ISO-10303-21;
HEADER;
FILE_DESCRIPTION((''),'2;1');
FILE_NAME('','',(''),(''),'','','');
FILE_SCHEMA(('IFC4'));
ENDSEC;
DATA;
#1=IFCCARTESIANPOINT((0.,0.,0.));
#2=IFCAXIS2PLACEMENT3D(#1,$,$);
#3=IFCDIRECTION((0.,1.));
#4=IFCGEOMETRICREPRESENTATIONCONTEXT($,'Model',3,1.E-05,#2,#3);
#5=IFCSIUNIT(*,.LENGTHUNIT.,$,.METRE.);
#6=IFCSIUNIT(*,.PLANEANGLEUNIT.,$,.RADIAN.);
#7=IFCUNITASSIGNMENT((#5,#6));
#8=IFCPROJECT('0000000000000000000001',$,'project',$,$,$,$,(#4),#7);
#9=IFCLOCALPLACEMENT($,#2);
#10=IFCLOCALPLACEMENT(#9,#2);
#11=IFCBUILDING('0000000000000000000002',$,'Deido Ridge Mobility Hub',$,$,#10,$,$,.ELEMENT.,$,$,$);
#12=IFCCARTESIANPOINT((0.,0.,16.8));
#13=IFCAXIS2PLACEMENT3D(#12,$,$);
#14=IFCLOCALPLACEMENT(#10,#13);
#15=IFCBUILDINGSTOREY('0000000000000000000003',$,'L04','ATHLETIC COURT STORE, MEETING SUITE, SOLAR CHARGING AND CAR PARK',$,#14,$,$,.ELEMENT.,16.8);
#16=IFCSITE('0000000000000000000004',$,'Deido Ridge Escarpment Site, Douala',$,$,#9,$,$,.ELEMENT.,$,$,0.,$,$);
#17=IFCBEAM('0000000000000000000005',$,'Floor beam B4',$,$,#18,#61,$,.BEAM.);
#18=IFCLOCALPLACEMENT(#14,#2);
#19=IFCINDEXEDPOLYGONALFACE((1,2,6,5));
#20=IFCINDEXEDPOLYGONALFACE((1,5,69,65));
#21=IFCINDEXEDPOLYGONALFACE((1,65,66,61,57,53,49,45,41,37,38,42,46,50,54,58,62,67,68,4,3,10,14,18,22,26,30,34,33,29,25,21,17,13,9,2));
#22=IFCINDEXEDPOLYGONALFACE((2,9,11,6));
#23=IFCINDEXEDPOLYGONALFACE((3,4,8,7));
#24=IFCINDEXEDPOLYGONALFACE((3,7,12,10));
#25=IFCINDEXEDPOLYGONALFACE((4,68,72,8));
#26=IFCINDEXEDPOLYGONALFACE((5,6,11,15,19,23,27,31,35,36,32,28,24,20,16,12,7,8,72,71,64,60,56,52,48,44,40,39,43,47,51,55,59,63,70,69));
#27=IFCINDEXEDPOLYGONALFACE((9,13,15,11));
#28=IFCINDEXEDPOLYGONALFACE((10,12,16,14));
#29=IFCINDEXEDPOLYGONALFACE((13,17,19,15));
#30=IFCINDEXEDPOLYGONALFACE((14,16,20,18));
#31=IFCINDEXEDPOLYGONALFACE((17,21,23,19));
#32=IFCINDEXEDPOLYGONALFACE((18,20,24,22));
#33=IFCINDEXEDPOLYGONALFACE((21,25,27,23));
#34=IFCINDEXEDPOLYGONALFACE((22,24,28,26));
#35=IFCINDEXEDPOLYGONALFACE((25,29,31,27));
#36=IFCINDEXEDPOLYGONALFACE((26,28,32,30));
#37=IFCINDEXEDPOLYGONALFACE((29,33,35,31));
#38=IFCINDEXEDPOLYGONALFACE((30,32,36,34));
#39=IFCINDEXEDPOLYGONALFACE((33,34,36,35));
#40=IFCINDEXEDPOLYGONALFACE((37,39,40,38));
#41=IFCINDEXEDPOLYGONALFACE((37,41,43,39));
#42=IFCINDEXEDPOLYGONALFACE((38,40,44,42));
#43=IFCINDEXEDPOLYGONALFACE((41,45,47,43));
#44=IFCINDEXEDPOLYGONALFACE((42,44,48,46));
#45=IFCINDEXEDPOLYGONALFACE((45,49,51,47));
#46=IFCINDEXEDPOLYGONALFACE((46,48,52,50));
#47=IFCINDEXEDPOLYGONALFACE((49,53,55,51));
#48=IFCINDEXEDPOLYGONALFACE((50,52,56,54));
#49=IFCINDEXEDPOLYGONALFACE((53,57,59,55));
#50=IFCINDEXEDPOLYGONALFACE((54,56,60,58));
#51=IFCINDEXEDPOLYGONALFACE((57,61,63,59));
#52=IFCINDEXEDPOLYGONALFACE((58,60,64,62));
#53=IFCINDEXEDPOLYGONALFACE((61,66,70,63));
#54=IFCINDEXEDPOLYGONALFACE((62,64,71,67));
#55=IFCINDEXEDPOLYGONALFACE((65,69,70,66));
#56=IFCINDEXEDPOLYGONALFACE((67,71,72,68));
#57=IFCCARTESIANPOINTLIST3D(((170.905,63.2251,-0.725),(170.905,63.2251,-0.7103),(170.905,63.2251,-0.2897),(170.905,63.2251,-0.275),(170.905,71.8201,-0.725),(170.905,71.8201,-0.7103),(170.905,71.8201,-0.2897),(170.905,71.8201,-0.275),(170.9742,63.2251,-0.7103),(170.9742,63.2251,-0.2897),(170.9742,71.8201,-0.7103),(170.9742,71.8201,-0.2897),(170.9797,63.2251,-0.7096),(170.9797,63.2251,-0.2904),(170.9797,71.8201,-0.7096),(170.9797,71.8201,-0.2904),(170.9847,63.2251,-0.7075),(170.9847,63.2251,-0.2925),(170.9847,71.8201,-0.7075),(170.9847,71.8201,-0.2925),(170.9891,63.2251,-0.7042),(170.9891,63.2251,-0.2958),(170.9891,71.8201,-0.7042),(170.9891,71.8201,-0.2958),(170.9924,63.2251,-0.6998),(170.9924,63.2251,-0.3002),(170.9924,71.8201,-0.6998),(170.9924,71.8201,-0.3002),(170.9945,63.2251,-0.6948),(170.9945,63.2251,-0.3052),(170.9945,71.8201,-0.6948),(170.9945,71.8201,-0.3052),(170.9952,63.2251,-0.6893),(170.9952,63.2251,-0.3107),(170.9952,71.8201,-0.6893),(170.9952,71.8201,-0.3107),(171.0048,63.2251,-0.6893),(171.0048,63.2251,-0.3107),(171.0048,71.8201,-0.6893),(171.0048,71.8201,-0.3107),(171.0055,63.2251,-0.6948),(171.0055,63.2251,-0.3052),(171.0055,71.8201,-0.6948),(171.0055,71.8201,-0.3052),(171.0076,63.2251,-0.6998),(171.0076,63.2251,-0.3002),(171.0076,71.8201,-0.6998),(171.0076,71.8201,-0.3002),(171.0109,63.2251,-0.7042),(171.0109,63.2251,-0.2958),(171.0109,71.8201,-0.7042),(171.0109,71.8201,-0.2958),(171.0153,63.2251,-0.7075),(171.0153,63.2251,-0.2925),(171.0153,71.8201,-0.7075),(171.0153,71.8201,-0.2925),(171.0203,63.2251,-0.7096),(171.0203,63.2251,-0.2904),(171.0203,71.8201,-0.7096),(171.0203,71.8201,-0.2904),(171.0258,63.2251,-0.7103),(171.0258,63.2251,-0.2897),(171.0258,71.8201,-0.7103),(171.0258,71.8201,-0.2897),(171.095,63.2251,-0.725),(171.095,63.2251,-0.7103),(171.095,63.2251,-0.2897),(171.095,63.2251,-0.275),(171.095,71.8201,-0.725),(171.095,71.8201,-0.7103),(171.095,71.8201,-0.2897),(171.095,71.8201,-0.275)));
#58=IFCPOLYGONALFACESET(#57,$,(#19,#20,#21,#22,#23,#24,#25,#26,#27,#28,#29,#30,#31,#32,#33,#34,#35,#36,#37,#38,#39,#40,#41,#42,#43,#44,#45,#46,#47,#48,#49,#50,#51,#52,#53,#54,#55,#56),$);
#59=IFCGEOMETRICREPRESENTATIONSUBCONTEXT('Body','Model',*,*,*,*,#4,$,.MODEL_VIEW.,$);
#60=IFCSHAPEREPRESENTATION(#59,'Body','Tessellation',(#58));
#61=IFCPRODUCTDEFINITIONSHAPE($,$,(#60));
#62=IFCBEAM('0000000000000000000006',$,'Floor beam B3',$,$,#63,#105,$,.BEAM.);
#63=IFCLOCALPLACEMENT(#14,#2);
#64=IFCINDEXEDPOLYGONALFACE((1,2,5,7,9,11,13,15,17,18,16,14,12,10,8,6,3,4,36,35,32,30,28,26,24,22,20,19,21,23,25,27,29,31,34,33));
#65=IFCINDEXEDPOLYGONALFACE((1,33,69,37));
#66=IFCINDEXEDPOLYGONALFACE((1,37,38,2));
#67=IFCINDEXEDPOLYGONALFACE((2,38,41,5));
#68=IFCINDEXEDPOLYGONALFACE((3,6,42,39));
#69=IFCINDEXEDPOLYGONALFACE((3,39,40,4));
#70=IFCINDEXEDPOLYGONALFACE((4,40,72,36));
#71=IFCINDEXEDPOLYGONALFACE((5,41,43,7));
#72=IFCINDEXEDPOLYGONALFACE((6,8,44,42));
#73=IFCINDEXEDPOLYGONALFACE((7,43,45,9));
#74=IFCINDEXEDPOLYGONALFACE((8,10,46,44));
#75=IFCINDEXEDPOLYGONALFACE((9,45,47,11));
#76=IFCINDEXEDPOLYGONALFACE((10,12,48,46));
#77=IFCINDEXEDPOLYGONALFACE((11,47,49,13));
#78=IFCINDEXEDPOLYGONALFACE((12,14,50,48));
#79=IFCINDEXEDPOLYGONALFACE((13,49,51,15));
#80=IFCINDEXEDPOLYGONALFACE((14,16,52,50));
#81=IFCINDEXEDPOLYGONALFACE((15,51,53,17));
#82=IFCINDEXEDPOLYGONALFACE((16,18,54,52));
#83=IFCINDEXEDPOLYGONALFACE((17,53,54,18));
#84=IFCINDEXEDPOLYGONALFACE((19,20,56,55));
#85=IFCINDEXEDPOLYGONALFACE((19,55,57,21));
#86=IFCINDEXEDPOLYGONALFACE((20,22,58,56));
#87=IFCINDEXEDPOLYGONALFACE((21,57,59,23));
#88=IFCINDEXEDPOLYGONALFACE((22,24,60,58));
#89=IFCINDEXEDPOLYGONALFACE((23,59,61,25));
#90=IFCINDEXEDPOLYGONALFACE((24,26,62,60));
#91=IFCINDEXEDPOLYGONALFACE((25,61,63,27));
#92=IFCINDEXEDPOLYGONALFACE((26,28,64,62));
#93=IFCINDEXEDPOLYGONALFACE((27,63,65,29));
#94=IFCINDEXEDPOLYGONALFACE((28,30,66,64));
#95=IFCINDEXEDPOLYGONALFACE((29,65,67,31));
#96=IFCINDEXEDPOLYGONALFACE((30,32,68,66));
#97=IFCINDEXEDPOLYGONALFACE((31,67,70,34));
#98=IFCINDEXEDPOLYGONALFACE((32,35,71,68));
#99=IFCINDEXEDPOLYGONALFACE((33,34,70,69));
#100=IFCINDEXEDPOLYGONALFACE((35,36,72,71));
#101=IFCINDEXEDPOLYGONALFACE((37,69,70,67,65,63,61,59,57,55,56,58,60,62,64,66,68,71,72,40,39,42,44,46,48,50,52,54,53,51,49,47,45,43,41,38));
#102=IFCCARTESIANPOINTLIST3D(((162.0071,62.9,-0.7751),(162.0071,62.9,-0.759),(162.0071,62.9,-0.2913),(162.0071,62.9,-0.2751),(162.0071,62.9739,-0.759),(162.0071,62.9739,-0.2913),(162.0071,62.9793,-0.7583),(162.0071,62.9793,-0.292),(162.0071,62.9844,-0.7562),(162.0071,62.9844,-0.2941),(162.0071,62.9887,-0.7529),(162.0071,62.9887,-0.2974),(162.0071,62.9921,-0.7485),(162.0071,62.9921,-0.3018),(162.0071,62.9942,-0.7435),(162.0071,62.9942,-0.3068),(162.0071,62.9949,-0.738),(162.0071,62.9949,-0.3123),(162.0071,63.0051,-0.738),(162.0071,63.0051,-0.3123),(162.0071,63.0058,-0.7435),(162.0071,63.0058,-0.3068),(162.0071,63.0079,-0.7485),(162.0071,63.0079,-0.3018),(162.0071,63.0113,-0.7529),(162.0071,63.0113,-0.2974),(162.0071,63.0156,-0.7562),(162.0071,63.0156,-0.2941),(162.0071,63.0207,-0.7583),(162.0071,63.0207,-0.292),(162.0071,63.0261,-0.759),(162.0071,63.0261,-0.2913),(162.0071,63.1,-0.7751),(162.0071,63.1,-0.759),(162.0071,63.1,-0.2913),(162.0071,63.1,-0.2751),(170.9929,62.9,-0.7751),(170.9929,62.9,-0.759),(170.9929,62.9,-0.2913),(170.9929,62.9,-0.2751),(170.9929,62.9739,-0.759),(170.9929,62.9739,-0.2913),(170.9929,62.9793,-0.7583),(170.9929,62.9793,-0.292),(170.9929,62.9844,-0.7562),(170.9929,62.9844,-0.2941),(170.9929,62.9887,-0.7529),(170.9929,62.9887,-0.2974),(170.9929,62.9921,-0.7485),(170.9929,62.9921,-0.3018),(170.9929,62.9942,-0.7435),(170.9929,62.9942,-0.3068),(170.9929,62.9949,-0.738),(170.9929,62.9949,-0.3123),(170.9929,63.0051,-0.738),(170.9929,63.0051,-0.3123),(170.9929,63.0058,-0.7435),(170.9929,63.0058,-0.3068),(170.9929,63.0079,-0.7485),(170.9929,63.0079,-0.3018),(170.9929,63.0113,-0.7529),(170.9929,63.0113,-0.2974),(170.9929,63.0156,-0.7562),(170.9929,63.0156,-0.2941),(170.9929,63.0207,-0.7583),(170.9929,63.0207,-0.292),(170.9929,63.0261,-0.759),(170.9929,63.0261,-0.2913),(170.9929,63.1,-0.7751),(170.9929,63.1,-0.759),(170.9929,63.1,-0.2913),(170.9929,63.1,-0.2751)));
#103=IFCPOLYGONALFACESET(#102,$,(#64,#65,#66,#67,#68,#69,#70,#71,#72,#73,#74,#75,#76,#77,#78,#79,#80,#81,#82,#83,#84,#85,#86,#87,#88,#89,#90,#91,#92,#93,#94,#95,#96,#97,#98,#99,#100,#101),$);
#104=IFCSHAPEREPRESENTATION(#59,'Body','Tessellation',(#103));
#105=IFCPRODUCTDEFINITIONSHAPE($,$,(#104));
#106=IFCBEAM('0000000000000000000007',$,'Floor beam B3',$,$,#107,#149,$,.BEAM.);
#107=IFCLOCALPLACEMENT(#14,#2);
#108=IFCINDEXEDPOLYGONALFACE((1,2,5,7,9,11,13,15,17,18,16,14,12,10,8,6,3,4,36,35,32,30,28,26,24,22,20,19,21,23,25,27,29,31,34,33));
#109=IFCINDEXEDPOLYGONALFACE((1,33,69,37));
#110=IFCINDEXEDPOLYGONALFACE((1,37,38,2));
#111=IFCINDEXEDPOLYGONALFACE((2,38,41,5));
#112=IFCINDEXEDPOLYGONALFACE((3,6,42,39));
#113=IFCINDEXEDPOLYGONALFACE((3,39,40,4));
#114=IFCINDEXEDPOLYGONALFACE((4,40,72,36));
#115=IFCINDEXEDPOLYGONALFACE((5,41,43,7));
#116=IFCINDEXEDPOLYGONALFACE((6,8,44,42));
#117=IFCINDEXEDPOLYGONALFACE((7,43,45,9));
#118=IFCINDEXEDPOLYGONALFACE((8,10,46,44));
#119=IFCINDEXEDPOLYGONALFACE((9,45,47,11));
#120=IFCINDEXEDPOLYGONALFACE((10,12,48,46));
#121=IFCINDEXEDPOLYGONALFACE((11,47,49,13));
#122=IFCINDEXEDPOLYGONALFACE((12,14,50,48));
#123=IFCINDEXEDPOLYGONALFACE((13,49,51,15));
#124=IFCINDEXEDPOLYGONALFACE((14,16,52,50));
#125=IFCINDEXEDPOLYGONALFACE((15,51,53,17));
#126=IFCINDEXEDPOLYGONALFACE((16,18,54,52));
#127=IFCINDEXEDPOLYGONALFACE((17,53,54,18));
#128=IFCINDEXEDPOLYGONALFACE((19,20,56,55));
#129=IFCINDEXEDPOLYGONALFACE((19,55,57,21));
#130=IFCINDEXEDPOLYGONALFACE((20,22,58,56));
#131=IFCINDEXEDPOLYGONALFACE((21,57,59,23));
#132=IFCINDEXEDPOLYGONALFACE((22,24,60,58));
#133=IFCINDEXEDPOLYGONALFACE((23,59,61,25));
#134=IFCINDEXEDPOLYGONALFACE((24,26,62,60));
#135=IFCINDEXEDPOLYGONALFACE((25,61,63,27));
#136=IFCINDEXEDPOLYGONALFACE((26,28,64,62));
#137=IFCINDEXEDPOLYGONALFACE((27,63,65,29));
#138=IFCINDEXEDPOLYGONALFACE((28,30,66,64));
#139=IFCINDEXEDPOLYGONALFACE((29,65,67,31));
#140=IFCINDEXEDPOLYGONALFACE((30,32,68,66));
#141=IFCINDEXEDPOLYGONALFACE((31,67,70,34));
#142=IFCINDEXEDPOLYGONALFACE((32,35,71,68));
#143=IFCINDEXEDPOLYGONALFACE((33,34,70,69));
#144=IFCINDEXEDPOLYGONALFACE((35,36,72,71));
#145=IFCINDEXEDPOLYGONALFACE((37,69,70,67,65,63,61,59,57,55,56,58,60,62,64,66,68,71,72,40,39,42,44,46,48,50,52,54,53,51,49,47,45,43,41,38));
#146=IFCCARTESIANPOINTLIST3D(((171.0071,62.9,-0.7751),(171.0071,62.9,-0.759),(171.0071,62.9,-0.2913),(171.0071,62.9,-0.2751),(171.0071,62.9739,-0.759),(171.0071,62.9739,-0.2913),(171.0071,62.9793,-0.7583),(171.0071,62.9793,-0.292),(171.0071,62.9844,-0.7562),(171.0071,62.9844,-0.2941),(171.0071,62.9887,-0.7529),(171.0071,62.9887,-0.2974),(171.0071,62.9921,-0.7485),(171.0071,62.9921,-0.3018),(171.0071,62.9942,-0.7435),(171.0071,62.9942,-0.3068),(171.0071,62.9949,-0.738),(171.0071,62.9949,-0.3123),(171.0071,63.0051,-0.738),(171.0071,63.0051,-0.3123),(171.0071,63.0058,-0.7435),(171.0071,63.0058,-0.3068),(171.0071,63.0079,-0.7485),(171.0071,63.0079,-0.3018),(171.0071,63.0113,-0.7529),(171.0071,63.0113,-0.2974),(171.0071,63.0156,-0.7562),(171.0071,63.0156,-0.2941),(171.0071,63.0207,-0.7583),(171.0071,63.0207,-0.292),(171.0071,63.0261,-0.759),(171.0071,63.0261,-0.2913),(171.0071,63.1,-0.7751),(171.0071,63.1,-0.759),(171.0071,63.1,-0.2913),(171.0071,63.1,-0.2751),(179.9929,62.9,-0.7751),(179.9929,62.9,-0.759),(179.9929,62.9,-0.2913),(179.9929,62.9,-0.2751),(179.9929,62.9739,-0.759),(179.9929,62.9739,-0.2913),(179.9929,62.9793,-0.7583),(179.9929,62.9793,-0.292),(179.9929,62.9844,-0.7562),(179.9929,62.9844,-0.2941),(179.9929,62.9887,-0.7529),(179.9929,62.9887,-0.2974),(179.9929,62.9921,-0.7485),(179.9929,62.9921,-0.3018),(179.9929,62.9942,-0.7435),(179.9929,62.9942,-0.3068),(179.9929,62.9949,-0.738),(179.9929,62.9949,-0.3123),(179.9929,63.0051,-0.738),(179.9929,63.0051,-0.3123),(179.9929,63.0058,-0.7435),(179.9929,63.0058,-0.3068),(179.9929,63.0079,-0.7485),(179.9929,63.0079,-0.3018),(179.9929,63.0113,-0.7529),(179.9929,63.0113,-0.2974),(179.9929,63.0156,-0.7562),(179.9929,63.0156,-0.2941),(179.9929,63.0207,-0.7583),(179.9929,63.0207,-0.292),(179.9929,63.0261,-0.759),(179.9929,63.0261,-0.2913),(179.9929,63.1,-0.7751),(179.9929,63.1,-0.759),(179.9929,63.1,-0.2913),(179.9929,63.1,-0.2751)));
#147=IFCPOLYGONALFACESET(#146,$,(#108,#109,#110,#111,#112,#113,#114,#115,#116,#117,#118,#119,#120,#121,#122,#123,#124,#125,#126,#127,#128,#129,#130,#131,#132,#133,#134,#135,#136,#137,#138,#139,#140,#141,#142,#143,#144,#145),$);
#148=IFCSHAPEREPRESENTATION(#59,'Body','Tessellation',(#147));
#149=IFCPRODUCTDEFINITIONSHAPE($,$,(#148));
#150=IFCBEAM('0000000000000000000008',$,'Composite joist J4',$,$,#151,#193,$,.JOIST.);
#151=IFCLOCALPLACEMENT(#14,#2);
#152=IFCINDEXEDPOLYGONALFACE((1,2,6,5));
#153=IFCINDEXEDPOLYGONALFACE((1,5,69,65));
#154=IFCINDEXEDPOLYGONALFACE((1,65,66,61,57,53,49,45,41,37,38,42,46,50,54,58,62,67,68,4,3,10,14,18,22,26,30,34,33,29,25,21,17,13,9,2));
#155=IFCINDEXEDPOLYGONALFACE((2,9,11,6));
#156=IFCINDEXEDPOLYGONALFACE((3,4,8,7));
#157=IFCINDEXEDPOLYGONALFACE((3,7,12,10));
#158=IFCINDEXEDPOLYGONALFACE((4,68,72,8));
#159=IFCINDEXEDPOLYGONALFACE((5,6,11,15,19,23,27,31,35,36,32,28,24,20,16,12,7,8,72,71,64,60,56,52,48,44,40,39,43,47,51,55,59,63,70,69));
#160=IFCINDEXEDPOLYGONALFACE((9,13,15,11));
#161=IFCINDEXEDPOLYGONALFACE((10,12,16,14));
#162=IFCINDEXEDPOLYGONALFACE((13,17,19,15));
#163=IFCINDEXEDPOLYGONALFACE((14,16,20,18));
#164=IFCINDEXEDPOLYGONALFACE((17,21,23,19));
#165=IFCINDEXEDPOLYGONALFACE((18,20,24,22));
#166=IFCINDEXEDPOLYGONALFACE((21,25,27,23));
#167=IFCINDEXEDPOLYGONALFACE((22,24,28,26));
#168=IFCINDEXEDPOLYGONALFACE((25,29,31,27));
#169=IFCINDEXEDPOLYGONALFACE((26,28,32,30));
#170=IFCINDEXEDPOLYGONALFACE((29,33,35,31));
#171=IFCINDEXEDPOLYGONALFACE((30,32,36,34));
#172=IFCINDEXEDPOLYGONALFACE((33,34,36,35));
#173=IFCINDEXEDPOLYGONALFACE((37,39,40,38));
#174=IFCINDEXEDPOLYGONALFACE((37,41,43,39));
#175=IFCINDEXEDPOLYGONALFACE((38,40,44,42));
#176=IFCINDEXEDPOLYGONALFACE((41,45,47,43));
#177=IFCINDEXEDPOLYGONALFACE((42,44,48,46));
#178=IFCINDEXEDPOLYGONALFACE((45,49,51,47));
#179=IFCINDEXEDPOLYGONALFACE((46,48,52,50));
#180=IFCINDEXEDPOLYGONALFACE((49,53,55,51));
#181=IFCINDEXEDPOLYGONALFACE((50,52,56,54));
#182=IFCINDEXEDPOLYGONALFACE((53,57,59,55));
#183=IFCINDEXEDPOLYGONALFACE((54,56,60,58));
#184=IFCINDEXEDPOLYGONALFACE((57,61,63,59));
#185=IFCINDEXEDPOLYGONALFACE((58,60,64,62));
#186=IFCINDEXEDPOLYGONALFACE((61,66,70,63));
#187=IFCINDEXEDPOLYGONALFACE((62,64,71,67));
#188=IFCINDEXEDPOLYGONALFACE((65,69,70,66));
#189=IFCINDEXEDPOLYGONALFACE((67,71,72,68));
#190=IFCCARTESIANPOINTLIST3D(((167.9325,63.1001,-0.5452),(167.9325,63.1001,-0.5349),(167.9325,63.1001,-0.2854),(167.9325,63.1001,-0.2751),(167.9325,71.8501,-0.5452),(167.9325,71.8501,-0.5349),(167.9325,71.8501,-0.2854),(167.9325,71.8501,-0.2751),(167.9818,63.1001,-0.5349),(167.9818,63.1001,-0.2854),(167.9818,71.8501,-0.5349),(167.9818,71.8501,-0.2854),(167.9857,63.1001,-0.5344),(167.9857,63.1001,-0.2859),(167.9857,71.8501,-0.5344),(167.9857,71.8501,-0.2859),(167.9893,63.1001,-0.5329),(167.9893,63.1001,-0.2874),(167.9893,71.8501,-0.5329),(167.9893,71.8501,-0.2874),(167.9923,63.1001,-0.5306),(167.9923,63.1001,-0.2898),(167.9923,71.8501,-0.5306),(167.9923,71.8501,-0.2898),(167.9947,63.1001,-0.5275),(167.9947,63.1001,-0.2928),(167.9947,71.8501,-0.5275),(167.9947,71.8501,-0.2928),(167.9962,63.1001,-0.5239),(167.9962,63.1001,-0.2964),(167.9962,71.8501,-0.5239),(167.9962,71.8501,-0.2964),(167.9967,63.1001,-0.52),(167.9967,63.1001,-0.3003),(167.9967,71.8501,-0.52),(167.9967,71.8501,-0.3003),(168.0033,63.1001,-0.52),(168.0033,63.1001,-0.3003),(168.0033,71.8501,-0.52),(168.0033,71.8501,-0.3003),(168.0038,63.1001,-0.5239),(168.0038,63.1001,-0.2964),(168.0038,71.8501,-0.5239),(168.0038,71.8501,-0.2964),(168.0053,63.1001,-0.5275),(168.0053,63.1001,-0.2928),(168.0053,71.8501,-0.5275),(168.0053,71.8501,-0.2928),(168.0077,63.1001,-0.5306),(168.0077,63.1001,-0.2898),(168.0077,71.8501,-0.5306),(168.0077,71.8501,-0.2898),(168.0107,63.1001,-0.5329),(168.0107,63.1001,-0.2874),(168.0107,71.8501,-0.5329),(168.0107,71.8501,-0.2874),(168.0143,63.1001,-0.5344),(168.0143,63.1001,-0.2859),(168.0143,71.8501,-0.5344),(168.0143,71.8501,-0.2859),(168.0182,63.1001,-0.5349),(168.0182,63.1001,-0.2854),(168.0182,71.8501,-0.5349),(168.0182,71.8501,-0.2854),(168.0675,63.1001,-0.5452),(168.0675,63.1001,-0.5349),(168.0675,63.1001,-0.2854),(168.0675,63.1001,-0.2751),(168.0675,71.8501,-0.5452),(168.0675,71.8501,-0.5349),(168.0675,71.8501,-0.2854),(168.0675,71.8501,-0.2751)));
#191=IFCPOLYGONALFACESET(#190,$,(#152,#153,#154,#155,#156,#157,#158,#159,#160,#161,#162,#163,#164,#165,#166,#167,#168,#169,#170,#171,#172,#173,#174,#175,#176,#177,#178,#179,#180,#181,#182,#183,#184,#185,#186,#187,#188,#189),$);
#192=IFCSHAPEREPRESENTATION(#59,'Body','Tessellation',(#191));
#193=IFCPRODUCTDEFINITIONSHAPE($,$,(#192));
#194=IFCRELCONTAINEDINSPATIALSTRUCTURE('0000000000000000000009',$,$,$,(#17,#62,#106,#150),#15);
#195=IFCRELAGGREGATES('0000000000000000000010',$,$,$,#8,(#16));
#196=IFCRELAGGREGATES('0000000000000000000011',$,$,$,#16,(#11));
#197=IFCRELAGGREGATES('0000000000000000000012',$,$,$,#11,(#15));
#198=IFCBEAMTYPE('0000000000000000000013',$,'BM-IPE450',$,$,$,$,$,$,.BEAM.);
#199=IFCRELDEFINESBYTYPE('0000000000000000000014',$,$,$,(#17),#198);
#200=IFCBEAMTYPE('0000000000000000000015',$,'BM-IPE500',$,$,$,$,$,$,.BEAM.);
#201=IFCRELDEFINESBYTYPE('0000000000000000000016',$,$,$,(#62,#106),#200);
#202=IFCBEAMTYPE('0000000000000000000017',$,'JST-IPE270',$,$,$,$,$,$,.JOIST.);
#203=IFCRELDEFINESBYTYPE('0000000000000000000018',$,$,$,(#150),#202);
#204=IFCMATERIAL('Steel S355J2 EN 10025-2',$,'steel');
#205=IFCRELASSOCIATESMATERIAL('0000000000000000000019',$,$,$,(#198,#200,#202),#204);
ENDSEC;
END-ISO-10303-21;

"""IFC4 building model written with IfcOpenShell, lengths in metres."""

from ifc_helpers import new_model, si_unit, direction, frame, origin, origin_2d, place, context, subcontext, project, spatial, i_section, extrude, material, material_profile, profile_set, type_object, element, save


model = new_model("IFC4")

# Units and contexts
model_context = context("Model", 3, precision=1e-05, world=origin(), true_north=direction((0.0, 1.0)))
body_context = subcontext(model_context, "Body", "Model", "MODEL_VIEW")
ifc_project = project(units=[si_unit("LENGTHUNIT", "METRE"), si_unit("PLANEANGLEUNIT", "RADIAN")], contexts=[model_context])

# Site, building, storey
site_placement = place(None, origin())
site = spatial("IfcSite", under=ifc_project, at=site_placement, Name="Deido Ridge Escarpment Site, Douala", CompositionType="ELEMENT", RefElevation=0.0)
building_placement = place(site_placement, origin())
building = spatial("IfcBuilding", under=site, at=building_placement, Name="Deido Ridge Mobility Hub", CompositionType="ELEMENT")
storey_placement = place(building_placement, frame((0.0, 0.0, 16.8)))
storey = spatial("IfcBuildingStorey", under=building, at=storey_placement, Name="L04", Description="ATHLETIC COURT STORE, MEETING SUITE, SOLAR CHARGING AND CAR PARK", CompositionType="ELEMENT", Elevation=16.8)

# Shared definitions
ifc_material_1 = material(Name="Steel S355J2 EN 10025-2", Category="steel")

# Beams
ifc_material_profile_1 = material_profile(ifc_material_1, i_section(OverallWidth=0.1899, OverallDepth=0.45, WebThickness=0.0095, FlangeThickness=0.0146, FilletRadius=0.021, at=origin_2d()), Name="IPE 450")
ifc_profile_set_1 = profile_set([ifc_material_profile_1], Name="Steel S355J2 EN 10025-2")
beam_type_1 = type_object("IfcBeamType", Name="BM-IPE450", PredefinedType="BEAM", material=ifc_profile_set_1)
for number, where, z_axis, x_axis, name in (
    (1, (171.0, 63.2251, -0.5), (0.0, 1.0, 0.0), (-1.0, 0.0, 0.0), "Floor beam B4"),
):
    element("IfcBeam", number, at=place(storey_placement, frame(where, z_axis=z_axis, x_axis=x_axis)), inside=storey, type_object=beam_type_1, Name=name, PredefinedType="BEAM", context=body_context, shape_type="SweptSolid", body=[
        extrude(i_section(OverallWidth=0.1899, OverallDepth=0.45, WebThickness=0.0095, FlangeThickness=0.0146, FilletRadius=0.021, at=origin_2d()), origin(), (0.0, 0.0, 1.0), 8.595),
    ])
ifc_material_profile_2 = material_profile(ifc_material_1, i_section(OverallWidth=0.2, OverallDepth=0.5, WebThickness=0.0103, FlangeThickness=0.0161, FilletRadius=0.021, at=origin_2d()), Name="IPE 500")
ifc_profile_set_2 = profile_set([ifc_material_profile_2], Name="Steel S355J2 EN 10025-2")
beam_type_2 = type_object("IfcBeamType", Name="BM-IPE500", PredefinedType="BEAM", material=ifc_profile_set_2)
for number, where, z_axis, x_axis, name in (
    (2, (162.0071, 63.0, -0.5251), (1.0, 0.0, 0.0), (0.0, 1.0, 0.0), "Floor beam B3"),
    (3, (171.0071, 63.0, -0.5251), (1.0, 0.0, 0.0), (0.0, 1.0, 0.0), "Floor beam B3"),
):
    element("IfcBeam", number, at=place(storey_placement, frame(where, z_axis=z_axis, x_axis=x_axis)), inside=storey, type_object=beam_type_2, Name=name, PredefinedType="BEAM", context=body_context, shape_type="SweptSolid", body=[
        extrude(i_section(OverallWidth=0.2, OverallDepth=0.5, WebThickness=0.0103, FlangeThickness=0.0161, FilletRadius=0.021, at=origin_2d()), origin(), (0.0, 0.0, 1.0), 8.9858),
    ])
ifc_material_profile_3 = material_profile(ifc_material_1, i_section(OverallWidth=0.135, OverallDepth=0.27, WebThickness=0.0066, FlangeThickness=0.0103, FilletRadius=0.0149, at=origin_2d()), Name="IPE 270")
ifc_profile_set_3 = profile_set([ifc_material_profile_3], Name="Steel S355J2 EN 10025-2")
beam_type_3 = type_object("IfcBeamType", Name="JST-IPE270", PredefinedType="JOIST", material=ifc_profile_set_3)
for number, where, z_axis, x_axis, name in (
    (4, (168.0, 63.1001, -0.4102), (0.0, 1.0, 0.0), (-1.0, 0.0, 0.0), "Composite joist J4"),
):
    element("IfcBeam", number, at=place(storey_placement, frame(where, z_axis=z_axis, x_axis=x_axis)), inside=storey, type_object=beam_type_3, Name=name, PredefinedType="JOIST", context=body_context, shape_type="SweptSolid", body=[
        extrude(i_section(OverallWidth=0.135, OverallDepth=0.27, WebThickness=0.0066, FlangeThickness=0.0103, FilletRadius=0.0149, at=origin_2d()), origin(), (0.0, 0.0, 1.0), 8.75),
    ])

save(model, "model.ifc")
